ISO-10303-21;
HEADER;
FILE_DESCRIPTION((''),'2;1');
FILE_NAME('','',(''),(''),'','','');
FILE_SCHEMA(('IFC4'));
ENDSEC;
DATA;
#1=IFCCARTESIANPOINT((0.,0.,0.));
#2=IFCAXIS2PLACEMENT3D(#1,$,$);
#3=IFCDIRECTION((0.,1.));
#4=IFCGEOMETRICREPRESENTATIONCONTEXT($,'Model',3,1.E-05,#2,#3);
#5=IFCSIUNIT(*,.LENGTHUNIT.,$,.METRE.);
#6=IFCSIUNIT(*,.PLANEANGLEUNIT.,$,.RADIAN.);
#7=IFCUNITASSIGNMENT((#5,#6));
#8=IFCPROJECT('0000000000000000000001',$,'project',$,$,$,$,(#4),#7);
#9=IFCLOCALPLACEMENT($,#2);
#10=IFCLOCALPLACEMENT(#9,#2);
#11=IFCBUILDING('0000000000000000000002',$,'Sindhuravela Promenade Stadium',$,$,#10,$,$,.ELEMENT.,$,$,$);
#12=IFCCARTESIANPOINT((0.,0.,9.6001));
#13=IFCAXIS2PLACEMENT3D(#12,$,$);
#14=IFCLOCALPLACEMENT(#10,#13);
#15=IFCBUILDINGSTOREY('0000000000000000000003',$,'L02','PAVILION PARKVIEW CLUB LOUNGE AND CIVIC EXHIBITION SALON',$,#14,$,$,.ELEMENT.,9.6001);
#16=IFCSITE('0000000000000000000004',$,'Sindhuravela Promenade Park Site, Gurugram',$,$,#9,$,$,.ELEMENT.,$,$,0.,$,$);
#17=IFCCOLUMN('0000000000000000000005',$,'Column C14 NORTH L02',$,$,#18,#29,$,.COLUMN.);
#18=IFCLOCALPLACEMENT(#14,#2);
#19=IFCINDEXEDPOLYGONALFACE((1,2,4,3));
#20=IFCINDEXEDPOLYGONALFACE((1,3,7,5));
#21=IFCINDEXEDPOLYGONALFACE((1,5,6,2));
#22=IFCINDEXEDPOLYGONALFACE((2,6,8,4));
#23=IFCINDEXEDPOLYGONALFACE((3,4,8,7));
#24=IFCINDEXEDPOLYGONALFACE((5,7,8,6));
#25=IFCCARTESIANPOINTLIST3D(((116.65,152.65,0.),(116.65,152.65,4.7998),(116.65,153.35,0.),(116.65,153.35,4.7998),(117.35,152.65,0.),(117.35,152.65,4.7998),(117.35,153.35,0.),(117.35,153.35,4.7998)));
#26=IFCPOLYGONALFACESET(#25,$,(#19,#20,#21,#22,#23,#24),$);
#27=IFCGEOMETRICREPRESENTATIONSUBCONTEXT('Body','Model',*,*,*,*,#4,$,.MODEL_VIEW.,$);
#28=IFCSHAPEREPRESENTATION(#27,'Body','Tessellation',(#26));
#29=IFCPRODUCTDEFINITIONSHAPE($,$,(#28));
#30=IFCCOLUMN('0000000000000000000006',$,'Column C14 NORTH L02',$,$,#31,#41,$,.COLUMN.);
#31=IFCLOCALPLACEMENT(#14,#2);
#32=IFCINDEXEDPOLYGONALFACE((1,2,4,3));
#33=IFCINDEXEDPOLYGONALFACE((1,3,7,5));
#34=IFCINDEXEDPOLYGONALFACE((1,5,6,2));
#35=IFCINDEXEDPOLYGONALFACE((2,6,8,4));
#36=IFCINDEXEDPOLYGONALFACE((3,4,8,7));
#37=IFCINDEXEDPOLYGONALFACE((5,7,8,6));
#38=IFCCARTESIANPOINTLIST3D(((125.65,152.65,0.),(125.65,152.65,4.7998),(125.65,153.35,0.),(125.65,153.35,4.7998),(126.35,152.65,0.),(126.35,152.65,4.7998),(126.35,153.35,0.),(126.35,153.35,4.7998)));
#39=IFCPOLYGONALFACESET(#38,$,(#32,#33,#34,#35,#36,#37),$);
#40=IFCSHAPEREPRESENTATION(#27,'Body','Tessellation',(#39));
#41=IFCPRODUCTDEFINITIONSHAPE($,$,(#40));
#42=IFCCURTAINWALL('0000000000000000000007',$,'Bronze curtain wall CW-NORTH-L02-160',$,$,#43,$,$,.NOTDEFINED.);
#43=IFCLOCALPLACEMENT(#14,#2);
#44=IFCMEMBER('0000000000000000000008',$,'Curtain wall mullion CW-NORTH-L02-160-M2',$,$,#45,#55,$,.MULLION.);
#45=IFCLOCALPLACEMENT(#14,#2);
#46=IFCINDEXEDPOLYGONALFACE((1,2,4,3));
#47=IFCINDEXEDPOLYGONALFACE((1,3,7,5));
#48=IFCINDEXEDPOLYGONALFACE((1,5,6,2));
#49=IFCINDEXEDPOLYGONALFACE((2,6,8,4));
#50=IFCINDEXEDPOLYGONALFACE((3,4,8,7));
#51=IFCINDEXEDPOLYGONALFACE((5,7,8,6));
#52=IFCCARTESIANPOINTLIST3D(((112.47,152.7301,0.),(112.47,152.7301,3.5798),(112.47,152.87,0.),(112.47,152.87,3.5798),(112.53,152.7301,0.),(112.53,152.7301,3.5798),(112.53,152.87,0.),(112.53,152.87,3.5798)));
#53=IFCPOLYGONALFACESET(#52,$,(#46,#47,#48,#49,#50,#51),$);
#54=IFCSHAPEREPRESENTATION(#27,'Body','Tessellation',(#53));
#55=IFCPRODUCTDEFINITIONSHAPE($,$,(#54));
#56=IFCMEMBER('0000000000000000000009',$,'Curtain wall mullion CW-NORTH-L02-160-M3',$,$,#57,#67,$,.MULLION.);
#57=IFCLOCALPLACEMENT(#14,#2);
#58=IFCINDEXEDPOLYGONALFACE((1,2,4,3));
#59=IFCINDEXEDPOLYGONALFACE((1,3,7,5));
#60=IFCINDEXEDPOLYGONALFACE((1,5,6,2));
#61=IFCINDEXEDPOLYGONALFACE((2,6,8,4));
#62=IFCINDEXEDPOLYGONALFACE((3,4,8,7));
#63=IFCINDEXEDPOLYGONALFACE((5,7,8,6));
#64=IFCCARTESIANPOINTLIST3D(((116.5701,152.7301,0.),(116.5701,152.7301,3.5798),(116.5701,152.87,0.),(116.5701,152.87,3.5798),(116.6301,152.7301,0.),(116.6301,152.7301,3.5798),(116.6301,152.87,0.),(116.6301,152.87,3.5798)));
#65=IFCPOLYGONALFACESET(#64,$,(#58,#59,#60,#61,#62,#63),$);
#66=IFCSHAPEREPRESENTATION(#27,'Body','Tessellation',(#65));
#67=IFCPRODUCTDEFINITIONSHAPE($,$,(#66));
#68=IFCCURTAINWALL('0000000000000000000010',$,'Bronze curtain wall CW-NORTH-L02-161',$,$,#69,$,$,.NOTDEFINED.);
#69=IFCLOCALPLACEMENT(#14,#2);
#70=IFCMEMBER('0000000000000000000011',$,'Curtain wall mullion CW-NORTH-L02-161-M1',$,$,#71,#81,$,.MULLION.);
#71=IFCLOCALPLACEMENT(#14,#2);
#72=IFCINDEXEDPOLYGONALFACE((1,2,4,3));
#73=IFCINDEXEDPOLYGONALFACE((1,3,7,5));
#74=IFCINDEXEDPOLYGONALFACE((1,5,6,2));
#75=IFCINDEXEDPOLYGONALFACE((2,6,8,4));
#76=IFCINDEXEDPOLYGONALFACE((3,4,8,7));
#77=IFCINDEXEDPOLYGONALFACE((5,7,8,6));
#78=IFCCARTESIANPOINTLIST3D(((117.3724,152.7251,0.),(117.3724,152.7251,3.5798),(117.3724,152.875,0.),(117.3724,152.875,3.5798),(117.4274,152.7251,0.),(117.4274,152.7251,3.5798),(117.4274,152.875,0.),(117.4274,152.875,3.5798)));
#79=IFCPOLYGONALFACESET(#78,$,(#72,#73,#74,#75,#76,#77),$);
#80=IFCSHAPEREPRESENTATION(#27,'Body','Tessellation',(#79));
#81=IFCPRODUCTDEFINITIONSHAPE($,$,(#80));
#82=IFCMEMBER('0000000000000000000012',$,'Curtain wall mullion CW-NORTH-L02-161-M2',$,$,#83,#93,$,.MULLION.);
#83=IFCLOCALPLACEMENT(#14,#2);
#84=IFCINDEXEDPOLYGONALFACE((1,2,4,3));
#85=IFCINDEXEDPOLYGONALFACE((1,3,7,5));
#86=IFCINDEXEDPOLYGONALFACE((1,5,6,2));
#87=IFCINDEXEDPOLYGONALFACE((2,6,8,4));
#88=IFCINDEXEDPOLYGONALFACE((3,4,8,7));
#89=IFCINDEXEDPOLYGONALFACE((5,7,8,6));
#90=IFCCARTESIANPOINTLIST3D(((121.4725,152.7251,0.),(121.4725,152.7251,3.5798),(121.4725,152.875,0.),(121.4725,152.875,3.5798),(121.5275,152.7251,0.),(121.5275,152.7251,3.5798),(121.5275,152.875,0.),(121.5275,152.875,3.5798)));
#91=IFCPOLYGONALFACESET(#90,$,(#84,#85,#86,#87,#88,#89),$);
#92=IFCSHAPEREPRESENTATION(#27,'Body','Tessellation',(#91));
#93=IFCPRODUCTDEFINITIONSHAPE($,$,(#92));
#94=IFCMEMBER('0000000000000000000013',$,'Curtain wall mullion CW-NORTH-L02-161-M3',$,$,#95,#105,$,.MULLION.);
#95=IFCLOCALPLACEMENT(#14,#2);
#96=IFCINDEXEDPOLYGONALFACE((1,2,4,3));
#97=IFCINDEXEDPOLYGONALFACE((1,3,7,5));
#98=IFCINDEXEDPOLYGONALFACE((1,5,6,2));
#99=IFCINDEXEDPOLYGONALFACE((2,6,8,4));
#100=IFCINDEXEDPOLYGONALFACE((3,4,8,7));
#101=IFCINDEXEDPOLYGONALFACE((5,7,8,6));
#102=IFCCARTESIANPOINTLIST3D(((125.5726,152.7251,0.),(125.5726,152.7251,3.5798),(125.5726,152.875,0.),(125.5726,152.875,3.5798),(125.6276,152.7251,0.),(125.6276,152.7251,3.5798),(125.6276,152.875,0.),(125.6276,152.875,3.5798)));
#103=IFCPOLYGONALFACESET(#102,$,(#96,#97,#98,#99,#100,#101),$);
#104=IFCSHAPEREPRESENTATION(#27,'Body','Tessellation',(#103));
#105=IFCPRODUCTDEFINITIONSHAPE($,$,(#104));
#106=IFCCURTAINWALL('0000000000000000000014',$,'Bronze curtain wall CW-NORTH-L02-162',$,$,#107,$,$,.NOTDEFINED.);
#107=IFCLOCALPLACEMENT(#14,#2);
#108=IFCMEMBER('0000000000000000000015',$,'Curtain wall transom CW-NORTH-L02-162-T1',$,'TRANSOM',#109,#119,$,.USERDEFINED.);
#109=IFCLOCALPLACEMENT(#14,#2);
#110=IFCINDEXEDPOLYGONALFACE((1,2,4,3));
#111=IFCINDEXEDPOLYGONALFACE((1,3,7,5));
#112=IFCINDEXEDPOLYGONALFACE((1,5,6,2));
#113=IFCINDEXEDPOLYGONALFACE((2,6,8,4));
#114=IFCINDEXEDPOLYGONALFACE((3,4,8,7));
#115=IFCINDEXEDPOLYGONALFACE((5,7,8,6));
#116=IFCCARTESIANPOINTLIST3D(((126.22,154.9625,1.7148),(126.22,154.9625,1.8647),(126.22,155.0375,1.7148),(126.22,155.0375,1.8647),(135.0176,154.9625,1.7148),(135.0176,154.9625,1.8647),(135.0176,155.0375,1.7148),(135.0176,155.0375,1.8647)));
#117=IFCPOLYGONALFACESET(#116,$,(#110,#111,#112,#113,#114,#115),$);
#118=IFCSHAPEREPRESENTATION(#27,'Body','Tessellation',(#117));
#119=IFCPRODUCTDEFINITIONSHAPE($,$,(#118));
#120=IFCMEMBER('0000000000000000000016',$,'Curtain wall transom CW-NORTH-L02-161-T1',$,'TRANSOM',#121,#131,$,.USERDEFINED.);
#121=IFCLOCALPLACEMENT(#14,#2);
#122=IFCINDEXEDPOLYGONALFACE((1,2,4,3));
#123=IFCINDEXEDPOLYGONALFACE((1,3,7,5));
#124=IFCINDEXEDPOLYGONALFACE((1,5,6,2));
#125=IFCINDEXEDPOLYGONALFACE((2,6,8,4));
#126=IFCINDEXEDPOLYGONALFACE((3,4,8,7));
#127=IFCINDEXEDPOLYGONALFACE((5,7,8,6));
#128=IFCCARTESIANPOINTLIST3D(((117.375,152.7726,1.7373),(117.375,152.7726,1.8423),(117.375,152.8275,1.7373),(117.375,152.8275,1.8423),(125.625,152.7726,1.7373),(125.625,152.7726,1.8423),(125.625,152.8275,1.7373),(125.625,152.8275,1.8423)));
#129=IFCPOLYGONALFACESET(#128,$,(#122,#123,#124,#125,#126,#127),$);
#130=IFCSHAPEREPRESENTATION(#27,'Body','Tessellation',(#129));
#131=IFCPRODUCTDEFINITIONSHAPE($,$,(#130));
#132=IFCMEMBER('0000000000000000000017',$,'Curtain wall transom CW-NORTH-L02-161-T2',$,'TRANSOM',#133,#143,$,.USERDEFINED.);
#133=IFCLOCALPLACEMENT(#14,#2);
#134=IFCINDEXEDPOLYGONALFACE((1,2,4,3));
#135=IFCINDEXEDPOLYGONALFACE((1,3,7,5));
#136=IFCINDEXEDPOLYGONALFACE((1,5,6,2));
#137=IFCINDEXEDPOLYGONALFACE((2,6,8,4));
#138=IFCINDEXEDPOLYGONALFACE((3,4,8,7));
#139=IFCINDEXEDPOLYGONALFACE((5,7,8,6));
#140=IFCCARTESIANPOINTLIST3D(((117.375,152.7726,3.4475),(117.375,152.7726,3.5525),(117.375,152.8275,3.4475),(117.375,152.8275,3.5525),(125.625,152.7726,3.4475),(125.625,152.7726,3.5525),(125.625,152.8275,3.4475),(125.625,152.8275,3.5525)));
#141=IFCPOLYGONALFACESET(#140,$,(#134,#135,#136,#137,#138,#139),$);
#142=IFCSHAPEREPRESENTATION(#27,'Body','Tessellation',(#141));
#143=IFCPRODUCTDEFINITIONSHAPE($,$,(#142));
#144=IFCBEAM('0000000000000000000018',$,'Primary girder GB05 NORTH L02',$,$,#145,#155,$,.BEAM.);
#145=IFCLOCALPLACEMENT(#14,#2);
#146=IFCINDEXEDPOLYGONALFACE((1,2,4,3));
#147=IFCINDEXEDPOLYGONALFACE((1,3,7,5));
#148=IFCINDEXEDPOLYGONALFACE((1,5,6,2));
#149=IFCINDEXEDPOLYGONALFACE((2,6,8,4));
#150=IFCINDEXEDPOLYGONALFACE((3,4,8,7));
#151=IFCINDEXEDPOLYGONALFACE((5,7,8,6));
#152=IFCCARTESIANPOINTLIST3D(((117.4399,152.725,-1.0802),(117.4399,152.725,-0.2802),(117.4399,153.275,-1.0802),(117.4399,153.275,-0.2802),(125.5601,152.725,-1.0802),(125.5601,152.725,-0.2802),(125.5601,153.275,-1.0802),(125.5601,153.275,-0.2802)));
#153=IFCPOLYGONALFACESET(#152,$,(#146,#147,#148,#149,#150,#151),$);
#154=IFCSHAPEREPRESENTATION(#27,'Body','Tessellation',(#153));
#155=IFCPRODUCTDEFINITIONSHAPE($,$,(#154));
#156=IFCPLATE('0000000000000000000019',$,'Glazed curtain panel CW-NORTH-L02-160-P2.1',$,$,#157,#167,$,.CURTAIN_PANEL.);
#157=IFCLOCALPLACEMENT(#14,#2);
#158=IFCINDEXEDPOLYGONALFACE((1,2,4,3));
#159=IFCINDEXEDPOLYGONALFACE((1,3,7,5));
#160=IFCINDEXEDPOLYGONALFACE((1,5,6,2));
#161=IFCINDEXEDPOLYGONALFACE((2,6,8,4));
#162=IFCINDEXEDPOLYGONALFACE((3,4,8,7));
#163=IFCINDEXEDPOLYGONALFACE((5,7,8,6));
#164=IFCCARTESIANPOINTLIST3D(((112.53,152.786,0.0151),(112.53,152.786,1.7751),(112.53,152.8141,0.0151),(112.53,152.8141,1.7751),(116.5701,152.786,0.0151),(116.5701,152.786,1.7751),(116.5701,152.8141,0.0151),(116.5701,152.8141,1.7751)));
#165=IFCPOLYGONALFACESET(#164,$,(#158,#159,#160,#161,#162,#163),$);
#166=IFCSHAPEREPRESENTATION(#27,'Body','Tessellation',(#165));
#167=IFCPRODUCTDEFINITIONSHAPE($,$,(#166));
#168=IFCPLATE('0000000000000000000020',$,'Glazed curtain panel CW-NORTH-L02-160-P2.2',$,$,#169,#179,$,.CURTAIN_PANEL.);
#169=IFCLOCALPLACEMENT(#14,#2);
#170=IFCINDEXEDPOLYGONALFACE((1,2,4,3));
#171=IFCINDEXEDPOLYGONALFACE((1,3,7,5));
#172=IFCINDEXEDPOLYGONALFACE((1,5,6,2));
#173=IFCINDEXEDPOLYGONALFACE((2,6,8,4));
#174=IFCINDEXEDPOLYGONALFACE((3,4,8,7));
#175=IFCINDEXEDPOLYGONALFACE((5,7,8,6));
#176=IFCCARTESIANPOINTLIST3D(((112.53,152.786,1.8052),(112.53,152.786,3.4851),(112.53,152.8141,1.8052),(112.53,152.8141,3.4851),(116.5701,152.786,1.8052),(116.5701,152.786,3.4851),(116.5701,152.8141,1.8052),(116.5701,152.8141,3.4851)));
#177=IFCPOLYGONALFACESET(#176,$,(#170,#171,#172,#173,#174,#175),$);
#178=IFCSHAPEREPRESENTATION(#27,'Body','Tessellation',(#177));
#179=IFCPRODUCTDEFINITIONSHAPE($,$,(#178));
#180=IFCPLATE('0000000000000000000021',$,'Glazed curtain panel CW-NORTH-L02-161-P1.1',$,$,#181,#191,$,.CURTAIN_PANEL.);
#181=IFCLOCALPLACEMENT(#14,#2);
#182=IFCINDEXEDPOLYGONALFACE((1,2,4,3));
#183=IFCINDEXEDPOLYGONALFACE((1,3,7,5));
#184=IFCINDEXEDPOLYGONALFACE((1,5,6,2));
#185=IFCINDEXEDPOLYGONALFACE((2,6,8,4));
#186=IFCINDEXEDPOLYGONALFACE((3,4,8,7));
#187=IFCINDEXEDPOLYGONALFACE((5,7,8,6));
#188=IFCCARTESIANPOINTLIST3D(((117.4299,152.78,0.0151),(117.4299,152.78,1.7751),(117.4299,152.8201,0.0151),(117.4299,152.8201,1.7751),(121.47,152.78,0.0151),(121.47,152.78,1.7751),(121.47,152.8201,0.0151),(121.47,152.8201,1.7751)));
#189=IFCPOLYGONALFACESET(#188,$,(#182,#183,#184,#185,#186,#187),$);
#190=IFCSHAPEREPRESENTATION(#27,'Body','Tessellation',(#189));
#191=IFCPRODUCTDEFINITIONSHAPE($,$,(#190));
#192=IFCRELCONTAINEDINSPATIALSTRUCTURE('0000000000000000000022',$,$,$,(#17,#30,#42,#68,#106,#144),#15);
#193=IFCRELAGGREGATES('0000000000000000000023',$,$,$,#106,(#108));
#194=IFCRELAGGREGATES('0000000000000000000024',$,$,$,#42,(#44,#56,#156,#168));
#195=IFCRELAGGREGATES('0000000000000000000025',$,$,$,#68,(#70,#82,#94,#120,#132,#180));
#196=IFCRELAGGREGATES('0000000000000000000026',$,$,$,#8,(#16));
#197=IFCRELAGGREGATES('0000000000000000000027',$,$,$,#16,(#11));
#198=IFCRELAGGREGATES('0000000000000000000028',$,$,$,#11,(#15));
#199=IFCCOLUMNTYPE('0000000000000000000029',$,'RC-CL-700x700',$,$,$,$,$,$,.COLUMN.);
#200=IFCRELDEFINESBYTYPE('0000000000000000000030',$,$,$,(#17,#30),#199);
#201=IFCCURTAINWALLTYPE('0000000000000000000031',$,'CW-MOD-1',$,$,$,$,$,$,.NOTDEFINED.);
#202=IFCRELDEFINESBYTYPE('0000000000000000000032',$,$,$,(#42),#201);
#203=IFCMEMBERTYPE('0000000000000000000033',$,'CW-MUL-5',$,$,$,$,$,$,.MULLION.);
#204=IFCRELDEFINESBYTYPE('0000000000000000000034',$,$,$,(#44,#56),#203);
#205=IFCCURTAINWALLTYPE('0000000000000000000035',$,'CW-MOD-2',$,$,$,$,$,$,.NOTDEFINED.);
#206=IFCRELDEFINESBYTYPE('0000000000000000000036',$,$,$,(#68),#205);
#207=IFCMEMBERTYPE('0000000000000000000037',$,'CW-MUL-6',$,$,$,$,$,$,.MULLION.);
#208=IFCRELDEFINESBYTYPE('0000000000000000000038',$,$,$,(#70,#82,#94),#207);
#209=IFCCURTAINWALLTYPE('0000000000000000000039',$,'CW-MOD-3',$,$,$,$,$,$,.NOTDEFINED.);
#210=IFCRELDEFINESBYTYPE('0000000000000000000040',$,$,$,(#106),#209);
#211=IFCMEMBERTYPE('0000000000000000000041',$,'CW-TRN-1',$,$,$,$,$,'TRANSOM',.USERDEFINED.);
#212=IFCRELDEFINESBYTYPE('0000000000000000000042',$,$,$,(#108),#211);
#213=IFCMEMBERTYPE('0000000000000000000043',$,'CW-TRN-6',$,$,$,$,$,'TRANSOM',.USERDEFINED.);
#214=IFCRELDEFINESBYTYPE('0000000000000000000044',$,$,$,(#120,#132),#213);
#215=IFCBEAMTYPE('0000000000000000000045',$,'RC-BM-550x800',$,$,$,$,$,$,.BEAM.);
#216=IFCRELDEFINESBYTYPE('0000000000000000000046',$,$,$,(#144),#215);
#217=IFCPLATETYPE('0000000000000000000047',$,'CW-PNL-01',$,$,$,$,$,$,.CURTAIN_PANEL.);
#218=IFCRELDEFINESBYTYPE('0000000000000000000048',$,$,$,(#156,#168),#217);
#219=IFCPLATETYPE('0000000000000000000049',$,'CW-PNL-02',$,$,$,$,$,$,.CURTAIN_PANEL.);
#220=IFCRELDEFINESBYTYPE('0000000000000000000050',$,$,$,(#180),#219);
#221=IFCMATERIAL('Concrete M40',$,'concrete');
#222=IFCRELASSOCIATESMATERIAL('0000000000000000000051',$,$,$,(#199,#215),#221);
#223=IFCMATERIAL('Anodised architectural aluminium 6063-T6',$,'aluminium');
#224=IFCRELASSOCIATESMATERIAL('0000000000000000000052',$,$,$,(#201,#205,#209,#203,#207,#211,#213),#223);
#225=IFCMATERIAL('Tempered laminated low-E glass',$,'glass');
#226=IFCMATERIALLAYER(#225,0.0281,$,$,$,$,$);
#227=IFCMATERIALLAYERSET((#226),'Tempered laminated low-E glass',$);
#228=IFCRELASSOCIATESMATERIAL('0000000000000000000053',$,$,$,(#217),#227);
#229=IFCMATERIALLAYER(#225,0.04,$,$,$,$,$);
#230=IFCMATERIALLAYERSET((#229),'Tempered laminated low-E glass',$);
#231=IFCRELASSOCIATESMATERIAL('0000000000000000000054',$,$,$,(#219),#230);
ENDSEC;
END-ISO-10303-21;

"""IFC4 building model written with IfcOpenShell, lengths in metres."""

from ifc_helpers import new_model, si_unit, direction, frame, origin, origin_2d, place, context, subcontext, project, spatial, rectangle, extrude, material, layer, layer_set, material_profile, profile_set, type_object, element, aggregate, save


model = new_model("IFC4")

# Units and contexts
model_context = context("Model", 3, precision=1e-05, world=origin(), true_north=direction((0.0, 1.0)))
body_context = subcontext(model_context, "Body", "Model", "MODEL_VIEW")
ifc_project = project(units=[si_unit("LENGTHUNIT", "METRE"), si_unit("PLANEANGLEUNIT", "RADIAN")], contexts=[model_context])

# Site, building, storey
site_placement = place(None, origin())
site = spatial("IfcSite", under=ifc_project, at=site_placement, Name="Sindhuravela Promenade Park Site, Gurugram", CompositionType="ELEMENT", RefElevation=0.0)
building_placement = place(site_placement, origin())
building = spatial("IfcBuilding", under=site, at=building_placement, Name="Sindhuravela Promenade Stadium", CompositionType="ELEMENT")
storey_placement = place(building_placement, frame((0.0, 0.0, 9.6001)))
storey = spatial("IfcBuildingStorey", under=building, at=storey_placement, Name="L02", Description="PAVILION PARKVIEW CLUB LOUNGE AND CIVIC EXHIBITION SALON", CompositionType="ELEMENT", Elevation=9.6001)

# Columns
ifc_material_1 = material(Name="Concrete M40", Category="concrete")
ifc_material_profile_1 = material_profile(ifc_material_1, rectangle(XDim=0.7, YDim=0.7, at=origin_2d()), Name="RC 700x700")
ifc_profile_set_1 = profile_set([ifc_material_profile_1], Name="Concrete M40")
column_type = type_object("IfcColumnType", Name="RC-CL-700x700", PredefinedType="COLUMN", material=ifc_profile_set_1)
for number, where, z_axis, x_axis, name in (
    (1, (117.0, 153.0, 0.0), (0.0, 0.0, 1.0), (1.0, 0.0, 0.0), "Column C14 NORTH L02"),
    (2, (126.0, 153.0, 0.0), (0.0, 0.0, 1.0), (1.0, 0.0, 0.0), "Column C14 NORTH L02"),
):
    element("IfcColumn", number, at=place(storey_placement, frame(where, z_axis=z_axis, x_axis=x_axis)), inside=storey, type_object=column_type, Name=name, PredefinedType="COLUMN", context=body_context, shape_type="SweptSolid", body=[
        extrude(rectangle(XDim=0.7, YDim=0.7, at=origin_2d()), origin(), (0.0, 0.0, 1.0), 4.7998),
    ])

# Curtain walls, members
ifc_material_2 = material(Name="Anodised architectural aluminium 6063-T6", Category="aluminium")
curtain_wall_type_1 = type_object("IfcCurtainWallType", Name="CW-MOD-1", PredefinedType="NOTDEFINED", material=ifc_material_2)
curtain_wall_1_placement = place(storey_placement, origin())
curtain_wall_1 = element("IfcCurtainWall", 3, at=curtain_wall_1_placement, inside=storey, type_object=curtain_wall_type_1, Name="Bronze curtain wall CW-NORTH-L02-160", PredefinedType="NOTDEFINED")
ifc_material_profile_2 = material_profile(ifc_material_2, rectangle(XDim=0.0601, YDim=0.1399, at=origin_2d()), Name="ALU M60x140")
ifc_profile_set_2 = profile_set([ifc_material_profile_2], Name="Anodised architectural aluminium 6063-T6")
member_type_1 = type_object("IfcMemberType", Name="CW-MUL-5", PredefinedType="MULLION", material=ifc_profile_set_2)
member_1_placement = place(storey_placement, frame((112.5, 152.8, 0.0), z_axis=(0.0, 0.0, 1.0), x_axis=(1.0, 0.0, 0.0)))
member_1 = element("IfcMember", 4, at=member_1_placement, type_object=member_type_1, Name="Curtain wall mullion CW-NORTH-L02-160-M2", PredefinedType="MULLION", context=body_context, shape_type="SweptSolid", body=[
    extrude(rectangle(XDim=0.0601, YDim=0.1399, at=origin_2d()), origin(), (0.0, 0.0, 1.0), 3.5798),
])
member_2_placement = place(storey_placement, frame((116.6001, 152.8, 0.0), z_axis=(0.0, 0.0, 1.0), x_axis=(1.0, 0.0, 0.0)))
member_2 = element("IfcMember", 5, at=member_2_placement, type_object=member_type_1, Name="Curtain wall mullion CW-NORTH-L02-160-M3", PredefinedType="MULLION", context=body_context, shape_type="SweptSolid", body=[
    extrude(rectangle(XDim=0.0601, YDim=0.1399, at=origin_2d()), origin(), (0.0, 0.0, 1.0), 3.5798),
])
curtain_wall_type_2 = type_object("IfcCurtainWallType", Name="CW-MOD-2", PredefinedType="NOTDEFINED", material=ifc_material_2)
curtain_wall_2_placement = place(storey_placement, origin())
curtain_wall_2 = element("IfcCurtainWall", 6, at=curtain_wall_2_placement, inside=storey, type_object=curtain_wall_type_2, Name="Bronze curtain wall CW-NORTH-L02-161", PredefinedType="NOTDEFINED")
ifc_material_profile_3 = material_profile(ifc_material_2, rectangle(XDim=0.0549, YDim=0.1499, at=origin_2d()), Name="ALU M55x150")
ifc_profile_set_3 = profile_set([ifc_material_profile_3], Name="Anodised architectural aluminium 6063-T6")
member_type_2 = type_object("IfcMemberType", Name="CW-MUL-6", PredefinedType="MULLION", material=ifc_profile_set_3)
member_3_placement = place(storey_placement, frame((117.3999, 152.8, 0.0), z_axis=(0.0, 0.0, 1.0), x_axis=(1.0, 0.0, 0.0)))
member_3 = element("IfcMember", 7, at=member_3_placement, type_object=member_type_2, Name="Curtain wall mullion CW-NORTH-L02-161-M1", PredefinedType="MULLION", context=body_context, shape_type="SweptSolid", body=[
    extrude(rectangle(XDim=0.0549, YDim=0.1499, at=origin_2d()), origin(), (0.0, 0.0, 1.0), 3.5798),
])
member_4_placement = place(storey_placement, frame((121.5, 152.8, 0.0), z_axis=(0.0, 0.0, 1.0), x_axis=(1.0, 0.0, 0.0)))
member_4 = element("IfcMember", 8, at=member_4_placement, type_object=member_type_2, Name="Curtain wall mullion CW-NORTH-L02-161-M2", PredefinedType="MULLION", context=body_context, shape_type="SweptSolid", body=[
    extrude(rectangle(XDim=0.0549, YDim=0.1499, at=origin_2d()), origin(), (0.0, 0.0, 1.0), 3.5798),
])
member_5_placement = place(storey_placement, frame((125.6001, 152.8, 0.0), z_axis=(0.0, 0.0, 1.0), x_axis=(1.0, 0.0, 0.0)))
member_5 = element("IfcMember", 9, at=member_5_placement, type_object=member_type_2, Name="Curtain wall mullion CW-NORTH-L02-161-M3", PredefinedType="MULLION", context=body_context, shape_type="SweptSolid", body=[
    extrude(rectangle(XDim=0.0549, YDim=0.1499, at=origin_2d()), origin(), (0.0, 0.0, 1.0), 3.5798),
])

# Curtain wall, member
curtain_wall_type_3 = type_object("IfcCurtainWallType", Name="CW-MOD-3", PredefinedType="NOTDEFINED", material=ifc_material_2)
curtain_wall_3_placement = place(storey_placement, origin())
curtain_wall_3 = element("IfcCurtainWall", 10, at=curtain_wall_3_placement, inside=storey, type_object=curtain_wall_type_3, Name="Bronze curtain wall CW-NORTH-L02-162", PredefinedType="NOTDEFINED")
ifc_material_profile_4 = material_profile(ifc_material_2, rectangle(XDim=0.075, YDim=0.1499, at=origin_2d()), Name="ALU TRAN 75x150")
ifc_profile_set_4 = profile_set([ifc_material_profile_4], Name="Anodised architectural aluminium 6063-T6")
member_type_3 = type_object("IfcMemberType", Name="CW-TRN-1", ElementType="TRANSOM", PredefinedType="USERDEFINED", material=ifc_profile_set_4)
member_6_placement = place(storey_placement, frame((126.22, 155.0, 1.7898), z_axis=(1.0, 0.0, 0.0), x_axis=(0.0, 1.0, 0.0)))
member_6 = element("IfcMember", 11, at=member_6_placement, type_object=member_type_3, Name="Curtain wall transom CW-NORTH-L02-162-T1", ObjectType="TRANSOM", PredefinedType="USERDEFINED", context=body_context, shape_type="SweptSolid", body=[
    extrude(rectangle(XDim=0.075, YDim=0.1499, at=origin_2d()), origin(), (0.0, 0.0, 1.0), 8.7976),
])
aggregate(curtain_wall_3, [member_6])

# Members
ifc_material_profile_5 = material_profile(ifc_material_2, rectangle(XDim=0.0549, YDim=0.105, at=origin_2d()), Name="ALU T55x105")
ifc_profile_set_5 = profile_set([ifc_material_profile_5], Name="Anodised architectural aluminium 6063-T6")
member_type_4 = type_object("IfcMemberType", Name="CW-TRN-6", ElementType="TRANSOM", PredefinedType="USERDEFINED", material=ifc_profile_set_5)
member_7_placement = place(storey_placement, frame((117.375, 152.8, 1.7898), z_axis=(1.0, 0.0, 0.0), x_axis=(0.0, 1.0, 0.0)))
member_7 = element("IfcMember", 12, at=member_7_placement, type_object=member_type_4, Name="Curtain wall transom CW-NORTH-L02-161-T1", ObjectType="TRANSOM", PredefinedType="USERDEFINED", context=body_context, shape_type="SweptSolid", body=[
    extrude(rectangle(XDim=0.0549, YDim=0.105, at=origin_2d()), origin(), (0.0, 0.0, 1.0), 8.25),
])
member_8_placement = place(storey_placement, frame((117.375, 152.8, 3.5), z_axis=(1.0, 0.0, 0.0), x_axis=(0.0, 1.0, 0.0)))
member_8 = element("IfcMember", 13, at=member_8_placement, type_object=member_type_4, Name="Curtain wall transom CW-NORTH-L02-161-T2", ObjectType="TRANSOM", PredefinedType="USERDEFINED", context=body_context, shape_type="SweptSolid", body=[
    extrude(rectangle(XDim=0.0549, YDim=0.105, at=origin_2d()), origin(), (0.0, 0.0, 1.0), 8.25),
])

# Beam
ifc_material_profile_6 = material_profile(ifc_material_1, rectangle(XDim=0.55, YDim=0.8, at=origin_2d()), Name="RC 550x800")
ifc_profile_set_6 = profile_set([ifc_material_profile_6], Name="Concrete M40")
beam_type = type_object("IfcBeamType", Name="RC-BM-550x800", PredefinedType="BEAM", material=ifc_profile_set_6)
beam_placement = place(storey_placement, frame((117.4399, 153.0, -0.6802), z_axis=(1.0, 0.0, 0.0), x_axis=(0.0, 1.0, 0.0)))
element("IfcBeam", 14, at=beam_placement, inside=storey, type_object=beam_type, Name="Primary girder GB05 NORTH L02", PredefinedType="BEAM", context=body_context, shape_type="SweptSolid", body=[
    extrude(rectangle(XDim=0.55, YDim=0.8, at=origin_2d()), origin(), (0.0, 0.0, 1.0), 8.1201),
])

# Plates
ifc_material_3 = material(Name="Tempered laminated low-E glass", Category="glass")
ifc_layer_1 = layer(ifc_material_3, 0.0281)
ifc_layer_set_1 = layer_set([ifc_layer_1], Name="Tempered laminated low-E glass")
plate_type_1 = type_object("IfcPlateType", Name="CW-PNL-01", PredefinedType="CURTAIN_PANEL", material=ifc_layer_set_1)
plate_1_placement = place(storey_placement, frame((114.55, 152.8, 0.0151), z_axis=(0.0, 0.0, 1.0), x_axis=(1.0, 0.0, 0.0)))
plate_1 = element("IfcPlate", 15, at=plate_1_placement, type_object=plate_type_1, Name="Glazed curtain panel CW-NORTH-L02-160-P2.1", PredefinedType="CURTAIN_PANEL", context=body_context, shape_type="SweptSolid", body=[
    extrude(rectangle(XDim=4.04, YDim=0.0281, at=origin_2d()), origin(), (0.0, 0.0, 1.0), 1.76),
])
plate_2_placement = place(storey_placement, frame((114.55, 152.8, 1.8052), z_axis=(0.0, 0.0, 1.0), x_axis=(1.0, 0.0, 0.0)))
plate_2 = element("IfcPlate", 16, at=plate_2_placement, type_object=plate_type_1, Name="Glazed curtain panel CW-NORTH-L02-160-P2.2", PredefinedType="CURTAIN_PANEL", context=body_context, shape_type="SweptSolid", body=[
    extrude(rectangle(XDim=4.04, YDim=0.0281, at=origin_2d()), origin(), (0.0, 0.0, 1.0), 1.6799),
])
aggregate(curtain_wall_1, [member_1, member_2, plate_1, plate_2])
ifc_layer_2 = layer(ifc_material_3, 0.04)
ifc_layer_set_2 = layer_set([ifc_layer_2], Name="Tempered laminated low-E glass")
plate_type_2 = type_object("IfcPlateType", Name="CW-PNL-02", PredefinedType="CURTAIN_PANEL", material=ifc_layer_set_2)
plate_3_placement = place(storey_placement, frame((119.45, 152.8, 0.0151), z_axis=(0.0, 0.0, 1.0), x_axis=(1.0, 0.0, 0.0)))
plate_3 = element("IfcPlate", 17, at=plate_3_placement, type_object=plate_type_2, Name="Glazed curtain panel CW-NORTH-L02-161-P1.1", PredefinedType="CURTAIN_PANEL", context=body_context, shape_type="SweptSolid", body=[
    extrude(rectangle(XDim=4.04, YDim=0.04, at=origin_2d()), origin(), (0.0, 0.0, 1.0), 1.76),
])
aggregate(curtain_wall_2, [member_3, member_4, member_5, member_7, member_8, plate_3])

save(model, "model.ifc")
